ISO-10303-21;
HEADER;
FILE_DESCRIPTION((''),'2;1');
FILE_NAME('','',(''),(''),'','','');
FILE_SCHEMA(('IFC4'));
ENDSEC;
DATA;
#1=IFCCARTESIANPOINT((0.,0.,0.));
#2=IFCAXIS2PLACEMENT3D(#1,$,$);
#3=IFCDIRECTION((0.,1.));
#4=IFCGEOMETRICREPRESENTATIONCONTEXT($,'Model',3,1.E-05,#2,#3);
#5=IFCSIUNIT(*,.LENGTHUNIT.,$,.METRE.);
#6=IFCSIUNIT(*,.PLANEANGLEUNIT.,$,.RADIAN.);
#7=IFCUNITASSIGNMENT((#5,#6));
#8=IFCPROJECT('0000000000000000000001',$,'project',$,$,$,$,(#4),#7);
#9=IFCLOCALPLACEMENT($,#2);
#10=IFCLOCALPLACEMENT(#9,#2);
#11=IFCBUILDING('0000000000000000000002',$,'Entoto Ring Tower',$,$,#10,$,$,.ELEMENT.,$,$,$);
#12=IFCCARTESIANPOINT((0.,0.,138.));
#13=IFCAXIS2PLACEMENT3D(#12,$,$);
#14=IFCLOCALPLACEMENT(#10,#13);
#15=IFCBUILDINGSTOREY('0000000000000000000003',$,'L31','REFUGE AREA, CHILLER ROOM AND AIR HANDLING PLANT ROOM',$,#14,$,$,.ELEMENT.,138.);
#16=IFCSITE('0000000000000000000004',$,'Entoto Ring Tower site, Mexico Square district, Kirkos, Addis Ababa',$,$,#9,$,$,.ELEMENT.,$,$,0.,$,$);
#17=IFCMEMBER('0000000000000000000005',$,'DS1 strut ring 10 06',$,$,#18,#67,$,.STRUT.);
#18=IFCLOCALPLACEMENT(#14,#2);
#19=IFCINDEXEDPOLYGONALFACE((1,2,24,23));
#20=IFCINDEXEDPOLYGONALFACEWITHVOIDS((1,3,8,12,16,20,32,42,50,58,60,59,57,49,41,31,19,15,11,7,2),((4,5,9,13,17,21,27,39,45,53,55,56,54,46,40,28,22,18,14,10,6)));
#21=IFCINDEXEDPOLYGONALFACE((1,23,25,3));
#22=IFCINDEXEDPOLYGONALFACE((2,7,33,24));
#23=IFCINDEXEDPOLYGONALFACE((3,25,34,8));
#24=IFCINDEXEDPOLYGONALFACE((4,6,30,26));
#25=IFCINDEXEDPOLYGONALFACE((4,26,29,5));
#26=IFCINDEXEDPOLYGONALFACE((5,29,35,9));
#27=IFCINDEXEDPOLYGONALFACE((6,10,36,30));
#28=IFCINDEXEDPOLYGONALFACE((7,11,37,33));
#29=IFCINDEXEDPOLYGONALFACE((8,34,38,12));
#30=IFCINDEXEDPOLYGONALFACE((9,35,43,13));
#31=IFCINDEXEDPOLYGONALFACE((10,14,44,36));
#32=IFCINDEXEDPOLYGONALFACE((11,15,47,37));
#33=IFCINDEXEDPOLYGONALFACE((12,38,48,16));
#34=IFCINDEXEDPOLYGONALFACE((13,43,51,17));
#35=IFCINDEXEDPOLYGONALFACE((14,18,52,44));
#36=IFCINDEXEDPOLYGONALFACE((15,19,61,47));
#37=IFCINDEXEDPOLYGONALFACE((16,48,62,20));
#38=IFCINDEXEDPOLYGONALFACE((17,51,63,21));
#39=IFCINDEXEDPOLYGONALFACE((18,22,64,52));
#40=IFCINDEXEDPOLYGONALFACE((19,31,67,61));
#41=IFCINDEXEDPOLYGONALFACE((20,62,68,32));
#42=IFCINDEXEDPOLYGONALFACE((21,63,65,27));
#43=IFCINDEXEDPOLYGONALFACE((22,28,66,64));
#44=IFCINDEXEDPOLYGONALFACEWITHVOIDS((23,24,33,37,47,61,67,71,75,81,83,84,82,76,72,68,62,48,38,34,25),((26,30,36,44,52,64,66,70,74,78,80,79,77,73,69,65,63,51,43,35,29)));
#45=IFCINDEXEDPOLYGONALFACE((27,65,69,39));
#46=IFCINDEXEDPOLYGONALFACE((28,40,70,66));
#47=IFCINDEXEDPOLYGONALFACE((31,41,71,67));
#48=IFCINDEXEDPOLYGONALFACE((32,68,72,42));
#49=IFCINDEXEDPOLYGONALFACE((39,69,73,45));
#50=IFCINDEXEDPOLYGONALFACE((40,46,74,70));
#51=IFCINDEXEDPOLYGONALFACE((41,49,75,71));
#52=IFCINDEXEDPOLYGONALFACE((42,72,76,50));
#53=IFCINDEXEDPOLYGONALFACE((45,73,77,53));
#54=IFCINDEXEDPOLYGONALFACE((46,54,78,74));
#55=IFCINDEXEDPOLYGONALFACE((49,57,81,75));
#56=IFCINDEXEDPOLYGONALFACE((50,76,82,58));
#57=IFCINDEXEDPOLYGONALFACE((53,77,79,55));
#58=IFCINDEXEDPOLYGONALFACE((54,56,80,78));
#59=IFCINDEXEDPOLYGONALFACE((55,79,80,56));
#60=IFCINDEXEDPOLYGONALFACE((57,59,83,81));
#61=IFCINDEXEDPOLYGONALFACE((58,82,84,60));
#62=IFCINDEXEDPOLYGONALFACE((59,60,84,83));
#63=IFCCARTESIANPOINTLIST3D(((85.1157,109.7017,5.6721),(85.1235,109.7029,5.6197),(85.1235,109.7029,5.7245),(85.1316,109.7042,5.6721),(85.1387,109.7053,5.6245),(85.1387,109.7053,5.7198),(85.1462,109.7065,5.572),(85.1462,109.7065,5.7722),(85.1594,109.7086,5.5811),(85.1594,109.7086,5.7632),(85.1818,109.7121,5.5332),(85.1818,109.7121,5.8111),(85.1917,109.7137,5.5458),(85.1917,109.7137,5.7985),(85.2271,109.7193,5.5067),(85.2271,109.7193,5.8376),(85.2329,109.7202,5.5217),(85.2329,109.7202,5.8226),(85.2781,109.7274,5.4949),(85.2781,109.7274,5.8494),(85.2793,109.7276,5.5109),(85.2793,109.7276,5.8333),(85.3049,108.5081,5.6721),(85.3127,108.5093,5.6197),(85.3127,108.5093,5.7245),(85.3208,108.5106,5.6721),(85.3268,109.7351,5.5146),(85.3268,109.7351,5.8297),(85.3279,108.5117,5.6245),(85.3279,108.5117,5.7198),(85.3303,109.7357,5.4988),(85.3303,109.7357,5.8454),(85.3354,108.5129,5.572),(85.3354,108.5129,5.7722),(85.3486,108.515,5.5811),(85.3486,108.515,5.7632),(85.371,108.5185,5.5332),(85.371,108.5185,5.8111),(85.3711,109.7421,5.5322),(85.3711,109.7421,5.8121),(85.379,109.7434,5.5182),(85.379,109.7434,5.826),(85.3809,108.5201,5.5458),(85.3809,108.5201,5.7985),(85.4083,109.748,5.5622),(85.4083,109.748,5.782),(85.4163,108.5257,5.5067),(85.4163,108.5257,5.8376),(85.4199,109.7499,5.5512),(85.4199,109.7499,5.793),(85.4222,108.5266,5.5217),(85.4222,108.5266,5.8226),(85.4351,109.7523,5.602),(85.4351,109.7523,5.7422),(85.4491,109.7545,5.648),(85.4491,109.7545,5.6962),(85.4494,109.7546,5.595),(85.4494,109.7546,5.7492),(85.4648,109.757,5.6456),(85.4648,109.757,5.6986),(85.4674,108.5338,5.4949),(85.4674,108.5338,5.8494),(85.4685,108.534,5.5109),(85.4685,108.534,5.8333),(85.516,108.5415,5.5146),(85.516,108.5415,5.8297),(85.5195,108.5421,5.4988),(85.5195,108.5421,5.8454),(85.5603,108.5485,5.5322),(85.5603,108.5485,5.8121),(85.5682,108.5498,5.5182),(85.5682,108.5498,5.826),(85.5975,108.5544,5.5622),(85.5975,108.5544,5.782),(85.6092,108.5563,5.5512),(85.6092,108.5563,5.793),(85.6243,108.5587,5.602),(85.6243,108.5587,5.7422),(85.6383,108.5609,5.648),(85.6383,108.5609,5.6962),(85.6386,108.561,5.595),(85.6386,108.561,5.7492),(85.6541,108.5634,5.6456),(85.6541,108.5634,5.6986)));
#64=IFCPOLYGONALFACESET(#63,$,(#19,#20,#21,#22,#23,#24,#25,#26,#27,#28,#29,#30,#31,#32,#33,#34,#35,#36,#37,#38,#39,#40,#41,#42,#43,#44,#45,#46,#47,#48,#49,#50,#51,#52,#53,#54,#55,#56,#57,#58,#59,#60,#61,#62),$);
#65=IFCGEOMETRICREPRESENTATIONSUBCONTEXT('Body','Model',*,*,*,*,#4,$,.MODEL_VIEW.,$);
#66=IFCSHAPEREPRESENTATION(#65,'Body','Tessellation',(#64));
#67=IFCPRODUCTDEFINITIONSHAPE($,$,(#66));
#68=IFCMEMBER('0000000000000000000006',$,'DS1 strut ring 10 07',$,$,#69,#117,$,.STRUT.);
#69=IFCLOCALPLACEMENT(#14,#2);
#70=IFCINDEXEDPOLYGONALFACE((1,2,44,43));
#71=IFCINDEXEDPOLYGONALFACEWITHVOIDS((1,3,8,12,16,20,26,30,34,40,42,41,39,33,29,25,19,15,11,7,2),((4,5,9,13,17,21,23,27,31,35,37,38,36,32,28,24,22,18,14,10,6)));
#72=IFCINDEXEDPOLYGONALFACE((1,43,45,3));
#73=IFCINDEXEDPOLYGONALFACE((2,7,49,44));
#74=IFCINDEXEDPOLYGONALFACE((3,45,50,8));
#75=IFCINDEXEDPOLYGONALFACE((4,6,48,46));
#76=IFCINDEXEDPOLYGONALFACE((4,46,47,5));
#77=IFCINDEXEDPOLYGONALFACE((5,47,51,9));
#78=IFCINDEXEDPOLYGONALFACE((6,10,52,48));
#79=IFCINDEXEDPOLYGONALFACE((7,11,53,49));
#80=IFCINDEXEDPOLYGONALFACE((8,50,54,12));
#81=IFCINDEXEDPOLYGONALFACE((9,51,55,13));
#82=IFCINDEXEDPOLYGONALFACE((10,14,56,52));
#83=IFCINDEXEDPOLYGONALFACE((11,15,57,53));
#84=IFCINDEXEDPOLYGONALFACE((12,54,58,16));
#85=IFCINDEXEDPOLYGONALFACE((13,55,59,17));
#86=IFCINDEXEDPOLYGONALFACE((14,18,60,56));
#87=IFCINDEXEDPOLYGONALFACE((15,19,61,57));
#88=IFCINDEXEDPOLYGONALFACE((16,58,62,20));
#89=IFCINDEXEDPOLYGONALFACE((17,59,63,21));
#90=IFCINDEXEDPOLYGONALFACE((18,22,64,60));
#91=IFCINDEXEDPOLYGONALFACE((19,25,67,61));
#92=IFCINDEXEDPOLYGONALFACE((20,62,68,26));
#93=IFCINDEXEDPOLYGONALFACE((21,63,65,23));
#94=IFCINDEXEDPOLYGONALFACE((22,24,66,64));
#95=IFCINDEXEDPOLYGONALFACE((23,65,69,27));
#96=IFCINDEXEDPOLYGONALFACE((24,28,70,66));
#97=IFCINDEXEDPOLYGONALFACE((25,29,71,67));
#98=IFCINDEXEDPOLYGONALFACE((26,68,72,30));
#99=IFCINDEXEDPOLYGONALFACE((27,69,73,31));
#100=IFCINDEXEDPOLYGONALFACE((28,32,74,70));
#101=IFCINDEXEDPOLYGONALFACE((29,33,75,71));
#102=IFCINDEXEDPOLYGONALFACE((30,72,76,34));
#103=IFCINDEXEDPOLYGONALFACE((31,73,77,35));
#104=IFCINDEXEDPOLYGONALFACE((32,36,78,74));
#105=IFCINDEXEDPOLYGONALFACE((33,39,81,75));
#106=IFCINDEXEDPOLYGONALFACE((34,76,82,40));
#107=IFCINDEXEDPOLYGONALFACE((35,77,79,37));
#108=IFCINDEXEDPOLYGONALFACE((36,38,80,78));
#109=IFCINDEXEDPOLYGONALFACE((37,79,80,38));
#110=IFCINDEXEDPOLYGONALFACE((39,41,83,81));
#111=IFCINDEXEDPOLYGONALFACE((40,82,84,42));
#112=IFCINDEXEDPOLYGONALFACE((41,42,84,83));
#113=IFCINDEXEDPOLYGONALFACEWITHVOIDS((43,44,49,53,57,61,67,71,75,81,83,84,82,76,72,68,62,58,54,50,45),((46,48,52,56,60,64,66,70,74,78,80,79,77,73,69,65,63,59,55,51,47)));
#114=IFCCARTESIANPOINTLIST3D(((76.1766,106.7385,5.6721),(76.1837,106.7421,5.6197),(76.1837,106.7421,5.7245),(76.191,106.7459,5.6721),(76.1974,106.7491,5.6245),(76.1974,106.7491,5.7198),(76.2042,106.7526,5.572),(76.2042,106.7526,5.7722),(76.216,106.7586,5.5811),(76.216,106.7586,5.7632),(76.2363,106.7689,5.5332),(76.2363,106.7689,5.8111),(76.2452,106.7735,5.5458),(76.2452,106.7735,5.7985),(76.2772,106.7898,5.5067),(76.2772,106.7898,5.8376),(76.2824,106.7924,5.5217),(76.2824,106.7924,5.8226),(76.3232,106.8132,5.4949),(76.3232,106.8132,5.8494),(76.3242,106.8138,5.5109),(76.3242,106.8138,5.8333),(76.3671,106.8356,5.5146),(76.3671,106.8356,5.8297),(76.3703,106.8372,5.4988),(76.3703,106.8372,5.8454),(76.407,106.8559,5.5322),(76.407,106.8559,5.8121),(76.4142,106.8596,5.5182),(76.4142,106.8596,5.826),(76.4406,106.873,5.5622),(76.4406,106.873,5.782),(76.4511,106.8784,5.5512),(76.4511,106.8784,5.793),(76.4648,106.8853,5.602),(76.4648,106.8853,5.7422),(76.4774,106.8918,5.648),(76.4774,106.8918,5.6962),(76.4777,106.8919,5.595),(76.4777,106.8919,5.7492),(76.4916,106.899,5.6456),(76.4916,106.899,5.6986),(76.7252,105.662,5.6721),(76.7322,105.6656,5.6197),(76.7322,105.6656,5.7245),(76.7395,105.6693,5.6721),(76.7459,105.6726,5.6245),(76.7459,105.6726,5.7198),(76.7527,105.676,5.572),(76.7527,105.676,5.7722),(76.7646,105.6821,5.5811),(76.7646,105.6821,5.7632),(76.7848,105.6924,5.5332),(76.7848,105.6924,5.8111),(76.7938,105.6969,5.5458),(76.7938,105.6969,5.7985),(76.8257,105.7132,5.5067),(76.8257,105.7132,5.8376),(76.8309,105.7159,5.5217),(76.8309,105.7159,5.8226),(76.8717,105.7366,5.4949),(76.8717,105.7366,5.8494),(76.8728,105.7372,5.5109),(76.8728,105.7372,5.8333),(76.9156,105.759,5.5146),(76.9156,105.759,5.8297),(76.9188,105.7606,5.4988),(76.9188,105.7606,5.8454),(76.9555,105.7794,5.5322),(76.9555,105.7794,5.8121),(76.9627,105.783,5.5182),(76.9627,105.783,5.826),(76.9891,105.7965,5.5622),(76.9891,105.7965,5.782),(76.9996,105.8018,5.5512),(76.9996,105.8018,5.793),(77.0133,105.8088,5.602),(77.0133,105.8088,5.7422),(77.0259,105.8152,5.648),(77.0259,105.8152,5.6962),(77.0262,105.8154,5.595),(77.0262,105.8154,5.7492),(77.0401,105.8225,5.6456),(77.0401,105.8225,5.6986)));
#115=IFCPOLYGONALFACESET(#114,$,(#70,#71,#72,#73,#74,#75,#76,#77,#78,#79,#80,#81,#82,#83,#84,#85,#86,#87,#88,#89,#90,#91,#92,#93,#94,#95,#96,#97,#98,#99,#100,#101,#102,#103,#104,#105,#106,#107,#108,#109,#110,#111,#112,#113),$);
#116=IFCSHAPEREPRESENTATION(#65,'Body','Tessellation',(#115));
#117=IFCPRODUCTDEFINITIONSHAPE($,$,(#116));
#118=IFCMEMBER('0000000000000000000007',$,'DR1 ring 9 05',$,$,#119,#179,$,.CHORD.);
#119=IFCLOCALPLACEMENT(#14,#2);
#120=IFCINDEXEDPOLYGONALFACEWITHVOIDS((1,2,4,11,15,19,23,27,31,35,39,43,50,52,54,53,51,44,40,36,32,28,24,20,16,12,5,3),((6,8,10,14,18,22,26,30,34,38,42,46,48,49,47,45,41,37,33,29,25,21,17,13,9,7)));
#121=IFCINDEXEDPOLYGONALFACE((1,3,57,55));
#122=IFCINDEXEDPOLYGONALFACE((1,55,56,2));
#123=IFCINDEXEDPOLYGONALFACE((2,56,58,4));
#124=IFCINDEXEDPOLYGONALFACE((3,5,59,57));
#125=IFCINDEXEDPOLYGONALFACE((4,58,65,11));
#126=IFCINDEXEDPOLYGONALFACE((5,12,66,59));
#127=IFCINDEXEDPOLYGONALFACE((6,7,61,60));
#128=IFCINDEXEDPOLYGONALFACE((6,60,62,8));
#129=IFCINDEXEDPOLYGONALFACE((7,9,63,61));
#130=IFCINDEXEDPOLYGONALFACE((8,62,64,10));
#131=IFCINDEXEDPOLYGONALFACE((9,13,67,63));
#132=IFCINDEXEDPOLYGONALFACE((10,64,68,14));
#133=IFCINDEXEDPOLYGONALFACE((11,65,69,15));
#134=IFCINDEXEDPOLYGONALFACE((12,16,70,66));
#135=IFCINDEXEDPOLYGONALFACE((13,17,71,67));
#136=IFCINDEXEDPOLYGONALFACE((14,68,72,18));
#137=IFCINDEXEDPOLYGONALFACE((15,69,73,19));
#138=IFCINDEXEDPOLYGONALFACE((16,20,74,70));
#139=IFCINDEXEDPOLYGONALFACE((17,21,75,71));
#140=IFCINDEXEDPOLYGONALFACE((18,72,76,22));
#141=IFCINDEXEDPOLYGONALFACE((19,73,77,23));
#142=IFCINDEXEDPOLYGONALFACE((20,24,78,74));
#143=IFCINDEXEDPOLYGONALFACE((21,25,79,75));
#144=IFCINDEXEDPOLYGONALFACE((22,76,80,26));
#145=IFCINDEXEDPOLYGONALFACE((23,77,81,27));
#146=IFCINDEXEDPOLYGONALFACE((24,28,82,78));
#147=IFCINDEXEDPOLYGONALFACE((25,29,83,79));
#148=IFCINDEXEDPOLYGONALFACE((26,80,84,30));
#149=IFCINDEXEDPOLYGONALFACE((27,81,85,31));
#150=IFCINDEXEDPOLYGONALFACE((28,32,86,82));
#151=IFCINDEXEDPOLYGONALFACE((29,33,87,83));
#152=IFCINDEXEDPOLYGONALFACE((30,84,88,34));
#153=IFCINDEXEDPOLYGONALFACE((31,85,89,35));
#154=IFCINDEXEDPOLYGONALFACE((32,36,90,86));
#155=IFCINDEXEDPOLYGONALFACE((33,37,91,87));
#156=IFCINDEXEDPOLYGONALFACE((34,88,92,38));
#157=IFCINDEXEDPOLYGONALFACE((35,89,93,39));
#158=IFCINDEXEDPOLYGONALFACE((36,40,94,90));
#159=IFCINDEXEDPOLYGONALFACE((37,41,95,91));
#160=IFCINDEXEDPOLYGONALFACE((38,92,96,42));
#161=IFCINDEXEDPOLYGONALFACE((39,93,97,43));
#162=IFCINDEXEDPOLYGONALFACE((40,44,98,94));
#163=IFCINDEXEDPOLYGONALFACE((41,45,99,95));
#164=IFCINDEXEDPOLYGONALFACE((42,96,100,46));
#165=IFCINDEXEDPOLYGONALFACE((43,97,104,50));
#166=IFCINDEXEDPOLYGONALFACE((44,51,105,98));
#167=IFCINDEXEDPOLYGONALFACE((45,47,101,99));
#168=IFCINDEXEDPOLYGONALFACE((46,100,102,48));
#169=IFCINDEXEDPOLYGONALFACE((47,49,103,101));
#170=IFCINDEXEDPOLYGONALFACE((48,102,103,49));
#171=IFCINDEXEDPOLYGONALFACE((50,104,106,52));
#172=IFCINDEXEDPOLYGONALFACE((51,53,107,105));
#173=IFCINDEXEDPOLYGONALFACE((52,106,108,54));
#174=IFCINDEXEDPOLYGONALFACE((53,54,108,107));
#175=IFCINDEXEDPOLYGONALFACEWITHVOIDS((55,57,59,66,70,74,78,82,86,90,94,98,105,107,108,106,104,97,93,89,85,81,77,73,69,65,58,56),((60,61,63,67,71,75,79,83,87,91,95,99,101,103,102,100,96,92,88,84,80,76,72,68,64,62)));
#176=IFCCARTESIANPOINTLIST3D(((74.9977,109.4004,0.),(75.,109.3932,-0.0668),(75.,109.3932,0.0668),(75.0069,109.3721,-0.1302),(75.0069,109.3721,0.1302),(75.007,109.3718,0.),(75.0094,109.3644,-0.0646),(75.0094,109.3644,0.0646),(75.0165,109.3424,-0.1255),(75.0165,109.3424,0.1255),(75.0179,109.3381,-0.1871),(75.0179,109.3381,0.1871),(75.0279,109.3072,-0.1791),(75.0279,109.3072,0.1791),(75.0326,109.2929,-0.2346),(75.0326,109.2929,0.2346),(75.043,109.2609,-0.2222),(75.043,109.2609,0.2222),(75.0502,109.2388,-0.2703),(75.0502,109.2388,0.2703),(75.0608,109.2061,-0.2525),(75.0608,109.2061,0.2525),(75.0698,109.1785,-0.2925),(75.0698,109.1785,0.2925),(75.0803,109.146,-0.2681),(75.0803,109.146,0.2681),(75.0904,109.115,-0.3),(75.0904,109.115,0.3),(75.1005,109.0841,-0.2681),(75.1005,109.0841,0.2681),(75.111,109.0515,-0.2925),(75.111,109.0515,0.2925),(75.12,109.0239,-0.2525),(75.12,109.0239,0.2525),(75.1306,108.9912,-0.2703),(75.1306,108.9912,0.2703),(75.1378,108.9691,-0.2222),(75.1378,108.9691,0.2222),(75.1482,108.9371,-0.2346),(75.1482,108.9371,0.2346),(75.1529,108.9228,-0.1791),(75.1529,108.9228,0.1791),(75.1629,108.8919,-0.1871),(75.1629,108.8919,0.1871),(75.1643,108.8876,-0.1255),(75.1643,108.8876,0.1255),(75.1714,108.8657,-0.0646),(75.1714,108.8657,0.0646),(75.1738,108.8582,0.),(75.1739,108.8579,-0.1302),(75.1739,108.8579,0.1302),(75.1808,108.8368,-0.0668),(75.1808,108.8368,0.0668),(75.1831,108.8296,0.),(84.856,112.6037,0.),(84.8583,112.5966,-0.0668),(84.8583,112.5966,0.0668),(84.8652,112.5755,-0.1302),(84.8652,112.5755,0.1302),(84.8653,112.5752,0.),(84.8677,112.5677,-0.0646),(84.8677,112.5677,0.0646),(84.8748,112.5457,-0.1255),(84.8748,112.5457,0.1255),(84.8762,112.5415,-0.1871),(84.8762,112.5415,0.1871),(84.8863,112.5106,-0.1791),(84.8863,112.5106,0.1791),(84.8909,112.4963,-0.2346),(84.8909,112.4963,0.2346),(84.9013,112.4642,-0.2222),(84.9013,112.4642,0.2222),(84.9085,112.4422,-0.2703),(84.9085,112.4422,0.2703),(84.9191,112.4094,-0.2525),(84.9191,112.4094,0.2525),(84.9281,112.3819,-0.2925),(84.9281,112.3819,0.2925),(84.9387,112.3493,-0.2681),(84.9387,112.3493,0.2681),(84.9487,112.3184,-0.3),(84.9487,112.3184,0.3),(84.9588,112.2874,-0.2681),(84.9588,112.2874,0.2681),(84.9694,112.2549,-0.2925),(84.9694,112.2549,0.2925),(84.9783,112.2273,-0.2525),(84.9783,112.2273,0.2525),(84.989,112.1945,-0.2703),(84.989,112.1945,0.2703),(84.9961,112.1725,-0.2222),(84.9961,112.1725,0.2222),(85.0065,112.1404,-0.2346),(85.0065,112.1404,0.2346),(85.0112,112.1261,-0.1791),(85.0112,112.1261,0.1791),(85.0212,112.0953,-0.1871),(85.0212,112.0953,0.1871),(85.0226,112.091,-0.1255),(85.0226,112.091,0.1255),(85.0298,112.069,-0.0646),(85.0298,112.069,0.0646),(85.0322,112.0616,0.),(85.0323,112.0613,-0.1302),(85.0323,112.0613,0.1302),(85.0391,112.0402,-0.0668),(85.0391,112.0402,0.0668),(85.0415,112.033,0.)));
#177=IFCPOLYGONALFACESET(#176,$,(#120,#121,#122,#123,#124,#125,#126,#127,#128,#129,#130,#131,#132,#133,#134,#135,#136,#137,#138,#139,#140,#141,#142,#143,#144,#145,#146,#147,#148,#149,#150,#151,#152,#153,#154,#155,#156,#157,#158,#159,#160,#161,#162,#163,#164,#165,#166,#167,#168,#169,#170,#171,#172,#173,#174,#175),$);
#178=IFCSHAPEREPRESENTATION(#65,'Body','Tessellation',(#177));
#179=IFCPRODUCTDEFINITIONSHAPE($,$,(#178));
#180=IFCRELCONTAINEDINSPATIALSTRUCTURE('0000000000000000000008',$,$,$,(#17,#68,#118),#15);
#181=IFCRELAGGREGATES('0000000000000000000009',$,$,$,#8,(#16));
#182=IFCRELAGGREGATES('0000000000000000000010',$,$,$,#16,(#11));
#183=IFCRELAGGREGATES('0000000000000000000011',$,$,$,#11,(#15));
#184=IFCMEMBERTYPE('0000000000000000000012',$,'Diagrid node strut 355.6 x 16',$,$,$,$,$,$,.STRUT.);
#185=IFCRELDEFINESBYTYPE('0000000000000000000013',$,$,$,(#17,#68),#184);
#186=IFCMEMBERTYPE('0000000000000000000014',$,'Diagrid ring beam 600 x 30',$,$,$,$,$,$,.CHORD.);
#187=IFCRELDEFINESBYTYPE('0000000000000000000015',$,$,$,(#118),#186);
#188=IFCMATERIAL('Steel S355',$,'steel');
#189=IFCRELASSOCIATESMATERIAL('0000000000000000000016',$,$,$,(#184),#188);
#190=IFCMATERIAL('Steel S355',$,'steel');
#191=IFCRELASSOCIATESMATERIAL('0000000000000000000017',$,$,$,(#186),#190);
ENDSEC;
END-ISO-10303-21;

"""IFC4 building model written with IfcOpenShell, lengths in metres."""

from ifc_helpers import new_model, si_unit, direction, frame, origin, origin_2d, place, context, subcontext, project, spatial, circle, hollow_circle, extrude, material, material_profile, profile_set, type_object, element, save


model = new_model("IFC4")

# Units and contexts
model_context = context("Model", 3, precision=1e-05, world=origin(), true_north=direction((0.0, 1.0)))
body_context = subcontext(model_context, "Body", "Model", "MODEL_VIEW")
ifc_project = project(units=[si_unit("LENGTHUNIT", "METRE"), si_unit("PLANEANGLEUNIT", "RADIAN")], contexts=[model_context])

# Site, building, storey
site_placement = place(None, origin())
site = spatial("IfcSite", under=ifc_project, at=site_placement, Name="Entoto Ring Tower site, Mexico Square district, Kirkos, Addis Ababa", CompositionType="ELEMENT", RefElevation=0.0)
building_placement = place(site_placement, origin())
building = spatial("IfcBuilding", under=site, at=building_placement, Name="Entoto Ring Tower", CompositionType="ELEMENT")
storey_placement = place(building_placement, frame((0.0, 0.0, 138.0)))
storey = spatial("IfcBuildingStorey", under=building, at=storey_placement, Name="L31", Description="REFUGE AREA, CHILLER ROOM AND AIR HANDLING PLANT ROOM", CompositionType="ELEMENT", Elevation=138.0)

# Members
ifc_material_1 = material(Name="Steel S355", Category="steel")
ifc_material_profile_1 = material_profile(ifc_material_1, hollow_circle(Radius=0.1777, WallThickness=0.0161, at=origin_2d()), Name="CHS 355.6 x 16")
ifc_material_2 = material(Name="Concrete C60/75", Category="concrete")
ifc_material_profile_2 = material_profile(ifc_material_2, circle(Radius=0.1619, at=origin_2d()), Name="Concrete C60/75 infill")
ifc_profile_set_1 = profile_set([ifc_material_profile_1, ifc_material_profile_2], Name="Steel S355")
member_type_1 = type_object("IfcMemberType", Name="Diagrid node strut 355.6 x 16", PredefinedType="STRUT", material=ifc_profile_set_1)
member_1_placement = place(storey_placement, frame((85.4805, 108.5359, 5.6721), z_axis=(-0.156564, 0.987668, 0.0), x_axis=(-0.987668, -0.156564, 0.0)))
element("IfcMember", 1, at=member_1_placement, inside=storey, type_object=member_type_1, Name="DS1 strut ring 10 06", PredefinedType="STRUT", context=body_context, shape_type="SweptSolid", body=[
    extrude(hollow_circle(Radius=0.1777, WallThickness=0.0161, at=origin_2d()), origin(), (0.0, 0.0, 1.0), 1.2085),
])
member_2_placement = place(storey_placement, frame((76.8835, 105.7427, 5.6721), z_axis=(-0.453989, 0.891007, 0.0), x_axis=(-0.891007, -0.453989, 0.0)))
element("IfcMember", 2, at=member_2_placement, inside=storey, type_object=member_type_1, Name="DS1 strut ring 10 07", PredefinedType="STRUT", context=body_context, shape_type="SweptSolid", body=[
    extrude(hollow_circle(Radius=0.1777, WallThickness=0.0161, at=origin_2d()), origin(), (0.0, 0.0, 1.0), 1.2083),
])
ifc_material_3 = material(Name="Steel S355", Category="steel")
ifc_material_profile_3 = material_profile(ifc_material_3, hollow_circle(Radius=0.3, WallThickness=0.03, at=origin_2d()), Name="CHS 600 x 30")
ifc_material_4 = material(Name="Concrete C60/75", Category="concrete")
ifc_material_profile_4 = material_profile(ifc_material_4, circle(Radius=0.27, at=origin_2d()), Name="Concrete C60/75 infill")
ifc_profile_set_2 = profile_set([ifc_material_profile_3, ifc_material_profile_4], Name="Steel S355")
member_type_2 = type_object("IfcMemberType", Name="Diagrid ring beam 600 x 30", PredefinedType="CHORD", material=ifc_profile_set_2)
member_3_placement = place(storey_placement, frame((84.9487, 112.3184, 0.0), z_axis=(-0.951051, -0.309033, 0.0), x_axis=(0.309033, -0.951051, 0.0)))
element("IfcMember", 3, at=member_3_placement, inside=storey, type_object=member_type_2, Name="DR1 ring 9 05", PredefinedType="CHORD", context=body_context, shape_type="SweptSolid", body=[
    extrude(hollow_circle(Radius=0.3, WallThickness=0.03, at=origin_2d()), origin(), (0.0, 0.0, 1.0), 10.3657),
])

save(model, "model.ifc")
